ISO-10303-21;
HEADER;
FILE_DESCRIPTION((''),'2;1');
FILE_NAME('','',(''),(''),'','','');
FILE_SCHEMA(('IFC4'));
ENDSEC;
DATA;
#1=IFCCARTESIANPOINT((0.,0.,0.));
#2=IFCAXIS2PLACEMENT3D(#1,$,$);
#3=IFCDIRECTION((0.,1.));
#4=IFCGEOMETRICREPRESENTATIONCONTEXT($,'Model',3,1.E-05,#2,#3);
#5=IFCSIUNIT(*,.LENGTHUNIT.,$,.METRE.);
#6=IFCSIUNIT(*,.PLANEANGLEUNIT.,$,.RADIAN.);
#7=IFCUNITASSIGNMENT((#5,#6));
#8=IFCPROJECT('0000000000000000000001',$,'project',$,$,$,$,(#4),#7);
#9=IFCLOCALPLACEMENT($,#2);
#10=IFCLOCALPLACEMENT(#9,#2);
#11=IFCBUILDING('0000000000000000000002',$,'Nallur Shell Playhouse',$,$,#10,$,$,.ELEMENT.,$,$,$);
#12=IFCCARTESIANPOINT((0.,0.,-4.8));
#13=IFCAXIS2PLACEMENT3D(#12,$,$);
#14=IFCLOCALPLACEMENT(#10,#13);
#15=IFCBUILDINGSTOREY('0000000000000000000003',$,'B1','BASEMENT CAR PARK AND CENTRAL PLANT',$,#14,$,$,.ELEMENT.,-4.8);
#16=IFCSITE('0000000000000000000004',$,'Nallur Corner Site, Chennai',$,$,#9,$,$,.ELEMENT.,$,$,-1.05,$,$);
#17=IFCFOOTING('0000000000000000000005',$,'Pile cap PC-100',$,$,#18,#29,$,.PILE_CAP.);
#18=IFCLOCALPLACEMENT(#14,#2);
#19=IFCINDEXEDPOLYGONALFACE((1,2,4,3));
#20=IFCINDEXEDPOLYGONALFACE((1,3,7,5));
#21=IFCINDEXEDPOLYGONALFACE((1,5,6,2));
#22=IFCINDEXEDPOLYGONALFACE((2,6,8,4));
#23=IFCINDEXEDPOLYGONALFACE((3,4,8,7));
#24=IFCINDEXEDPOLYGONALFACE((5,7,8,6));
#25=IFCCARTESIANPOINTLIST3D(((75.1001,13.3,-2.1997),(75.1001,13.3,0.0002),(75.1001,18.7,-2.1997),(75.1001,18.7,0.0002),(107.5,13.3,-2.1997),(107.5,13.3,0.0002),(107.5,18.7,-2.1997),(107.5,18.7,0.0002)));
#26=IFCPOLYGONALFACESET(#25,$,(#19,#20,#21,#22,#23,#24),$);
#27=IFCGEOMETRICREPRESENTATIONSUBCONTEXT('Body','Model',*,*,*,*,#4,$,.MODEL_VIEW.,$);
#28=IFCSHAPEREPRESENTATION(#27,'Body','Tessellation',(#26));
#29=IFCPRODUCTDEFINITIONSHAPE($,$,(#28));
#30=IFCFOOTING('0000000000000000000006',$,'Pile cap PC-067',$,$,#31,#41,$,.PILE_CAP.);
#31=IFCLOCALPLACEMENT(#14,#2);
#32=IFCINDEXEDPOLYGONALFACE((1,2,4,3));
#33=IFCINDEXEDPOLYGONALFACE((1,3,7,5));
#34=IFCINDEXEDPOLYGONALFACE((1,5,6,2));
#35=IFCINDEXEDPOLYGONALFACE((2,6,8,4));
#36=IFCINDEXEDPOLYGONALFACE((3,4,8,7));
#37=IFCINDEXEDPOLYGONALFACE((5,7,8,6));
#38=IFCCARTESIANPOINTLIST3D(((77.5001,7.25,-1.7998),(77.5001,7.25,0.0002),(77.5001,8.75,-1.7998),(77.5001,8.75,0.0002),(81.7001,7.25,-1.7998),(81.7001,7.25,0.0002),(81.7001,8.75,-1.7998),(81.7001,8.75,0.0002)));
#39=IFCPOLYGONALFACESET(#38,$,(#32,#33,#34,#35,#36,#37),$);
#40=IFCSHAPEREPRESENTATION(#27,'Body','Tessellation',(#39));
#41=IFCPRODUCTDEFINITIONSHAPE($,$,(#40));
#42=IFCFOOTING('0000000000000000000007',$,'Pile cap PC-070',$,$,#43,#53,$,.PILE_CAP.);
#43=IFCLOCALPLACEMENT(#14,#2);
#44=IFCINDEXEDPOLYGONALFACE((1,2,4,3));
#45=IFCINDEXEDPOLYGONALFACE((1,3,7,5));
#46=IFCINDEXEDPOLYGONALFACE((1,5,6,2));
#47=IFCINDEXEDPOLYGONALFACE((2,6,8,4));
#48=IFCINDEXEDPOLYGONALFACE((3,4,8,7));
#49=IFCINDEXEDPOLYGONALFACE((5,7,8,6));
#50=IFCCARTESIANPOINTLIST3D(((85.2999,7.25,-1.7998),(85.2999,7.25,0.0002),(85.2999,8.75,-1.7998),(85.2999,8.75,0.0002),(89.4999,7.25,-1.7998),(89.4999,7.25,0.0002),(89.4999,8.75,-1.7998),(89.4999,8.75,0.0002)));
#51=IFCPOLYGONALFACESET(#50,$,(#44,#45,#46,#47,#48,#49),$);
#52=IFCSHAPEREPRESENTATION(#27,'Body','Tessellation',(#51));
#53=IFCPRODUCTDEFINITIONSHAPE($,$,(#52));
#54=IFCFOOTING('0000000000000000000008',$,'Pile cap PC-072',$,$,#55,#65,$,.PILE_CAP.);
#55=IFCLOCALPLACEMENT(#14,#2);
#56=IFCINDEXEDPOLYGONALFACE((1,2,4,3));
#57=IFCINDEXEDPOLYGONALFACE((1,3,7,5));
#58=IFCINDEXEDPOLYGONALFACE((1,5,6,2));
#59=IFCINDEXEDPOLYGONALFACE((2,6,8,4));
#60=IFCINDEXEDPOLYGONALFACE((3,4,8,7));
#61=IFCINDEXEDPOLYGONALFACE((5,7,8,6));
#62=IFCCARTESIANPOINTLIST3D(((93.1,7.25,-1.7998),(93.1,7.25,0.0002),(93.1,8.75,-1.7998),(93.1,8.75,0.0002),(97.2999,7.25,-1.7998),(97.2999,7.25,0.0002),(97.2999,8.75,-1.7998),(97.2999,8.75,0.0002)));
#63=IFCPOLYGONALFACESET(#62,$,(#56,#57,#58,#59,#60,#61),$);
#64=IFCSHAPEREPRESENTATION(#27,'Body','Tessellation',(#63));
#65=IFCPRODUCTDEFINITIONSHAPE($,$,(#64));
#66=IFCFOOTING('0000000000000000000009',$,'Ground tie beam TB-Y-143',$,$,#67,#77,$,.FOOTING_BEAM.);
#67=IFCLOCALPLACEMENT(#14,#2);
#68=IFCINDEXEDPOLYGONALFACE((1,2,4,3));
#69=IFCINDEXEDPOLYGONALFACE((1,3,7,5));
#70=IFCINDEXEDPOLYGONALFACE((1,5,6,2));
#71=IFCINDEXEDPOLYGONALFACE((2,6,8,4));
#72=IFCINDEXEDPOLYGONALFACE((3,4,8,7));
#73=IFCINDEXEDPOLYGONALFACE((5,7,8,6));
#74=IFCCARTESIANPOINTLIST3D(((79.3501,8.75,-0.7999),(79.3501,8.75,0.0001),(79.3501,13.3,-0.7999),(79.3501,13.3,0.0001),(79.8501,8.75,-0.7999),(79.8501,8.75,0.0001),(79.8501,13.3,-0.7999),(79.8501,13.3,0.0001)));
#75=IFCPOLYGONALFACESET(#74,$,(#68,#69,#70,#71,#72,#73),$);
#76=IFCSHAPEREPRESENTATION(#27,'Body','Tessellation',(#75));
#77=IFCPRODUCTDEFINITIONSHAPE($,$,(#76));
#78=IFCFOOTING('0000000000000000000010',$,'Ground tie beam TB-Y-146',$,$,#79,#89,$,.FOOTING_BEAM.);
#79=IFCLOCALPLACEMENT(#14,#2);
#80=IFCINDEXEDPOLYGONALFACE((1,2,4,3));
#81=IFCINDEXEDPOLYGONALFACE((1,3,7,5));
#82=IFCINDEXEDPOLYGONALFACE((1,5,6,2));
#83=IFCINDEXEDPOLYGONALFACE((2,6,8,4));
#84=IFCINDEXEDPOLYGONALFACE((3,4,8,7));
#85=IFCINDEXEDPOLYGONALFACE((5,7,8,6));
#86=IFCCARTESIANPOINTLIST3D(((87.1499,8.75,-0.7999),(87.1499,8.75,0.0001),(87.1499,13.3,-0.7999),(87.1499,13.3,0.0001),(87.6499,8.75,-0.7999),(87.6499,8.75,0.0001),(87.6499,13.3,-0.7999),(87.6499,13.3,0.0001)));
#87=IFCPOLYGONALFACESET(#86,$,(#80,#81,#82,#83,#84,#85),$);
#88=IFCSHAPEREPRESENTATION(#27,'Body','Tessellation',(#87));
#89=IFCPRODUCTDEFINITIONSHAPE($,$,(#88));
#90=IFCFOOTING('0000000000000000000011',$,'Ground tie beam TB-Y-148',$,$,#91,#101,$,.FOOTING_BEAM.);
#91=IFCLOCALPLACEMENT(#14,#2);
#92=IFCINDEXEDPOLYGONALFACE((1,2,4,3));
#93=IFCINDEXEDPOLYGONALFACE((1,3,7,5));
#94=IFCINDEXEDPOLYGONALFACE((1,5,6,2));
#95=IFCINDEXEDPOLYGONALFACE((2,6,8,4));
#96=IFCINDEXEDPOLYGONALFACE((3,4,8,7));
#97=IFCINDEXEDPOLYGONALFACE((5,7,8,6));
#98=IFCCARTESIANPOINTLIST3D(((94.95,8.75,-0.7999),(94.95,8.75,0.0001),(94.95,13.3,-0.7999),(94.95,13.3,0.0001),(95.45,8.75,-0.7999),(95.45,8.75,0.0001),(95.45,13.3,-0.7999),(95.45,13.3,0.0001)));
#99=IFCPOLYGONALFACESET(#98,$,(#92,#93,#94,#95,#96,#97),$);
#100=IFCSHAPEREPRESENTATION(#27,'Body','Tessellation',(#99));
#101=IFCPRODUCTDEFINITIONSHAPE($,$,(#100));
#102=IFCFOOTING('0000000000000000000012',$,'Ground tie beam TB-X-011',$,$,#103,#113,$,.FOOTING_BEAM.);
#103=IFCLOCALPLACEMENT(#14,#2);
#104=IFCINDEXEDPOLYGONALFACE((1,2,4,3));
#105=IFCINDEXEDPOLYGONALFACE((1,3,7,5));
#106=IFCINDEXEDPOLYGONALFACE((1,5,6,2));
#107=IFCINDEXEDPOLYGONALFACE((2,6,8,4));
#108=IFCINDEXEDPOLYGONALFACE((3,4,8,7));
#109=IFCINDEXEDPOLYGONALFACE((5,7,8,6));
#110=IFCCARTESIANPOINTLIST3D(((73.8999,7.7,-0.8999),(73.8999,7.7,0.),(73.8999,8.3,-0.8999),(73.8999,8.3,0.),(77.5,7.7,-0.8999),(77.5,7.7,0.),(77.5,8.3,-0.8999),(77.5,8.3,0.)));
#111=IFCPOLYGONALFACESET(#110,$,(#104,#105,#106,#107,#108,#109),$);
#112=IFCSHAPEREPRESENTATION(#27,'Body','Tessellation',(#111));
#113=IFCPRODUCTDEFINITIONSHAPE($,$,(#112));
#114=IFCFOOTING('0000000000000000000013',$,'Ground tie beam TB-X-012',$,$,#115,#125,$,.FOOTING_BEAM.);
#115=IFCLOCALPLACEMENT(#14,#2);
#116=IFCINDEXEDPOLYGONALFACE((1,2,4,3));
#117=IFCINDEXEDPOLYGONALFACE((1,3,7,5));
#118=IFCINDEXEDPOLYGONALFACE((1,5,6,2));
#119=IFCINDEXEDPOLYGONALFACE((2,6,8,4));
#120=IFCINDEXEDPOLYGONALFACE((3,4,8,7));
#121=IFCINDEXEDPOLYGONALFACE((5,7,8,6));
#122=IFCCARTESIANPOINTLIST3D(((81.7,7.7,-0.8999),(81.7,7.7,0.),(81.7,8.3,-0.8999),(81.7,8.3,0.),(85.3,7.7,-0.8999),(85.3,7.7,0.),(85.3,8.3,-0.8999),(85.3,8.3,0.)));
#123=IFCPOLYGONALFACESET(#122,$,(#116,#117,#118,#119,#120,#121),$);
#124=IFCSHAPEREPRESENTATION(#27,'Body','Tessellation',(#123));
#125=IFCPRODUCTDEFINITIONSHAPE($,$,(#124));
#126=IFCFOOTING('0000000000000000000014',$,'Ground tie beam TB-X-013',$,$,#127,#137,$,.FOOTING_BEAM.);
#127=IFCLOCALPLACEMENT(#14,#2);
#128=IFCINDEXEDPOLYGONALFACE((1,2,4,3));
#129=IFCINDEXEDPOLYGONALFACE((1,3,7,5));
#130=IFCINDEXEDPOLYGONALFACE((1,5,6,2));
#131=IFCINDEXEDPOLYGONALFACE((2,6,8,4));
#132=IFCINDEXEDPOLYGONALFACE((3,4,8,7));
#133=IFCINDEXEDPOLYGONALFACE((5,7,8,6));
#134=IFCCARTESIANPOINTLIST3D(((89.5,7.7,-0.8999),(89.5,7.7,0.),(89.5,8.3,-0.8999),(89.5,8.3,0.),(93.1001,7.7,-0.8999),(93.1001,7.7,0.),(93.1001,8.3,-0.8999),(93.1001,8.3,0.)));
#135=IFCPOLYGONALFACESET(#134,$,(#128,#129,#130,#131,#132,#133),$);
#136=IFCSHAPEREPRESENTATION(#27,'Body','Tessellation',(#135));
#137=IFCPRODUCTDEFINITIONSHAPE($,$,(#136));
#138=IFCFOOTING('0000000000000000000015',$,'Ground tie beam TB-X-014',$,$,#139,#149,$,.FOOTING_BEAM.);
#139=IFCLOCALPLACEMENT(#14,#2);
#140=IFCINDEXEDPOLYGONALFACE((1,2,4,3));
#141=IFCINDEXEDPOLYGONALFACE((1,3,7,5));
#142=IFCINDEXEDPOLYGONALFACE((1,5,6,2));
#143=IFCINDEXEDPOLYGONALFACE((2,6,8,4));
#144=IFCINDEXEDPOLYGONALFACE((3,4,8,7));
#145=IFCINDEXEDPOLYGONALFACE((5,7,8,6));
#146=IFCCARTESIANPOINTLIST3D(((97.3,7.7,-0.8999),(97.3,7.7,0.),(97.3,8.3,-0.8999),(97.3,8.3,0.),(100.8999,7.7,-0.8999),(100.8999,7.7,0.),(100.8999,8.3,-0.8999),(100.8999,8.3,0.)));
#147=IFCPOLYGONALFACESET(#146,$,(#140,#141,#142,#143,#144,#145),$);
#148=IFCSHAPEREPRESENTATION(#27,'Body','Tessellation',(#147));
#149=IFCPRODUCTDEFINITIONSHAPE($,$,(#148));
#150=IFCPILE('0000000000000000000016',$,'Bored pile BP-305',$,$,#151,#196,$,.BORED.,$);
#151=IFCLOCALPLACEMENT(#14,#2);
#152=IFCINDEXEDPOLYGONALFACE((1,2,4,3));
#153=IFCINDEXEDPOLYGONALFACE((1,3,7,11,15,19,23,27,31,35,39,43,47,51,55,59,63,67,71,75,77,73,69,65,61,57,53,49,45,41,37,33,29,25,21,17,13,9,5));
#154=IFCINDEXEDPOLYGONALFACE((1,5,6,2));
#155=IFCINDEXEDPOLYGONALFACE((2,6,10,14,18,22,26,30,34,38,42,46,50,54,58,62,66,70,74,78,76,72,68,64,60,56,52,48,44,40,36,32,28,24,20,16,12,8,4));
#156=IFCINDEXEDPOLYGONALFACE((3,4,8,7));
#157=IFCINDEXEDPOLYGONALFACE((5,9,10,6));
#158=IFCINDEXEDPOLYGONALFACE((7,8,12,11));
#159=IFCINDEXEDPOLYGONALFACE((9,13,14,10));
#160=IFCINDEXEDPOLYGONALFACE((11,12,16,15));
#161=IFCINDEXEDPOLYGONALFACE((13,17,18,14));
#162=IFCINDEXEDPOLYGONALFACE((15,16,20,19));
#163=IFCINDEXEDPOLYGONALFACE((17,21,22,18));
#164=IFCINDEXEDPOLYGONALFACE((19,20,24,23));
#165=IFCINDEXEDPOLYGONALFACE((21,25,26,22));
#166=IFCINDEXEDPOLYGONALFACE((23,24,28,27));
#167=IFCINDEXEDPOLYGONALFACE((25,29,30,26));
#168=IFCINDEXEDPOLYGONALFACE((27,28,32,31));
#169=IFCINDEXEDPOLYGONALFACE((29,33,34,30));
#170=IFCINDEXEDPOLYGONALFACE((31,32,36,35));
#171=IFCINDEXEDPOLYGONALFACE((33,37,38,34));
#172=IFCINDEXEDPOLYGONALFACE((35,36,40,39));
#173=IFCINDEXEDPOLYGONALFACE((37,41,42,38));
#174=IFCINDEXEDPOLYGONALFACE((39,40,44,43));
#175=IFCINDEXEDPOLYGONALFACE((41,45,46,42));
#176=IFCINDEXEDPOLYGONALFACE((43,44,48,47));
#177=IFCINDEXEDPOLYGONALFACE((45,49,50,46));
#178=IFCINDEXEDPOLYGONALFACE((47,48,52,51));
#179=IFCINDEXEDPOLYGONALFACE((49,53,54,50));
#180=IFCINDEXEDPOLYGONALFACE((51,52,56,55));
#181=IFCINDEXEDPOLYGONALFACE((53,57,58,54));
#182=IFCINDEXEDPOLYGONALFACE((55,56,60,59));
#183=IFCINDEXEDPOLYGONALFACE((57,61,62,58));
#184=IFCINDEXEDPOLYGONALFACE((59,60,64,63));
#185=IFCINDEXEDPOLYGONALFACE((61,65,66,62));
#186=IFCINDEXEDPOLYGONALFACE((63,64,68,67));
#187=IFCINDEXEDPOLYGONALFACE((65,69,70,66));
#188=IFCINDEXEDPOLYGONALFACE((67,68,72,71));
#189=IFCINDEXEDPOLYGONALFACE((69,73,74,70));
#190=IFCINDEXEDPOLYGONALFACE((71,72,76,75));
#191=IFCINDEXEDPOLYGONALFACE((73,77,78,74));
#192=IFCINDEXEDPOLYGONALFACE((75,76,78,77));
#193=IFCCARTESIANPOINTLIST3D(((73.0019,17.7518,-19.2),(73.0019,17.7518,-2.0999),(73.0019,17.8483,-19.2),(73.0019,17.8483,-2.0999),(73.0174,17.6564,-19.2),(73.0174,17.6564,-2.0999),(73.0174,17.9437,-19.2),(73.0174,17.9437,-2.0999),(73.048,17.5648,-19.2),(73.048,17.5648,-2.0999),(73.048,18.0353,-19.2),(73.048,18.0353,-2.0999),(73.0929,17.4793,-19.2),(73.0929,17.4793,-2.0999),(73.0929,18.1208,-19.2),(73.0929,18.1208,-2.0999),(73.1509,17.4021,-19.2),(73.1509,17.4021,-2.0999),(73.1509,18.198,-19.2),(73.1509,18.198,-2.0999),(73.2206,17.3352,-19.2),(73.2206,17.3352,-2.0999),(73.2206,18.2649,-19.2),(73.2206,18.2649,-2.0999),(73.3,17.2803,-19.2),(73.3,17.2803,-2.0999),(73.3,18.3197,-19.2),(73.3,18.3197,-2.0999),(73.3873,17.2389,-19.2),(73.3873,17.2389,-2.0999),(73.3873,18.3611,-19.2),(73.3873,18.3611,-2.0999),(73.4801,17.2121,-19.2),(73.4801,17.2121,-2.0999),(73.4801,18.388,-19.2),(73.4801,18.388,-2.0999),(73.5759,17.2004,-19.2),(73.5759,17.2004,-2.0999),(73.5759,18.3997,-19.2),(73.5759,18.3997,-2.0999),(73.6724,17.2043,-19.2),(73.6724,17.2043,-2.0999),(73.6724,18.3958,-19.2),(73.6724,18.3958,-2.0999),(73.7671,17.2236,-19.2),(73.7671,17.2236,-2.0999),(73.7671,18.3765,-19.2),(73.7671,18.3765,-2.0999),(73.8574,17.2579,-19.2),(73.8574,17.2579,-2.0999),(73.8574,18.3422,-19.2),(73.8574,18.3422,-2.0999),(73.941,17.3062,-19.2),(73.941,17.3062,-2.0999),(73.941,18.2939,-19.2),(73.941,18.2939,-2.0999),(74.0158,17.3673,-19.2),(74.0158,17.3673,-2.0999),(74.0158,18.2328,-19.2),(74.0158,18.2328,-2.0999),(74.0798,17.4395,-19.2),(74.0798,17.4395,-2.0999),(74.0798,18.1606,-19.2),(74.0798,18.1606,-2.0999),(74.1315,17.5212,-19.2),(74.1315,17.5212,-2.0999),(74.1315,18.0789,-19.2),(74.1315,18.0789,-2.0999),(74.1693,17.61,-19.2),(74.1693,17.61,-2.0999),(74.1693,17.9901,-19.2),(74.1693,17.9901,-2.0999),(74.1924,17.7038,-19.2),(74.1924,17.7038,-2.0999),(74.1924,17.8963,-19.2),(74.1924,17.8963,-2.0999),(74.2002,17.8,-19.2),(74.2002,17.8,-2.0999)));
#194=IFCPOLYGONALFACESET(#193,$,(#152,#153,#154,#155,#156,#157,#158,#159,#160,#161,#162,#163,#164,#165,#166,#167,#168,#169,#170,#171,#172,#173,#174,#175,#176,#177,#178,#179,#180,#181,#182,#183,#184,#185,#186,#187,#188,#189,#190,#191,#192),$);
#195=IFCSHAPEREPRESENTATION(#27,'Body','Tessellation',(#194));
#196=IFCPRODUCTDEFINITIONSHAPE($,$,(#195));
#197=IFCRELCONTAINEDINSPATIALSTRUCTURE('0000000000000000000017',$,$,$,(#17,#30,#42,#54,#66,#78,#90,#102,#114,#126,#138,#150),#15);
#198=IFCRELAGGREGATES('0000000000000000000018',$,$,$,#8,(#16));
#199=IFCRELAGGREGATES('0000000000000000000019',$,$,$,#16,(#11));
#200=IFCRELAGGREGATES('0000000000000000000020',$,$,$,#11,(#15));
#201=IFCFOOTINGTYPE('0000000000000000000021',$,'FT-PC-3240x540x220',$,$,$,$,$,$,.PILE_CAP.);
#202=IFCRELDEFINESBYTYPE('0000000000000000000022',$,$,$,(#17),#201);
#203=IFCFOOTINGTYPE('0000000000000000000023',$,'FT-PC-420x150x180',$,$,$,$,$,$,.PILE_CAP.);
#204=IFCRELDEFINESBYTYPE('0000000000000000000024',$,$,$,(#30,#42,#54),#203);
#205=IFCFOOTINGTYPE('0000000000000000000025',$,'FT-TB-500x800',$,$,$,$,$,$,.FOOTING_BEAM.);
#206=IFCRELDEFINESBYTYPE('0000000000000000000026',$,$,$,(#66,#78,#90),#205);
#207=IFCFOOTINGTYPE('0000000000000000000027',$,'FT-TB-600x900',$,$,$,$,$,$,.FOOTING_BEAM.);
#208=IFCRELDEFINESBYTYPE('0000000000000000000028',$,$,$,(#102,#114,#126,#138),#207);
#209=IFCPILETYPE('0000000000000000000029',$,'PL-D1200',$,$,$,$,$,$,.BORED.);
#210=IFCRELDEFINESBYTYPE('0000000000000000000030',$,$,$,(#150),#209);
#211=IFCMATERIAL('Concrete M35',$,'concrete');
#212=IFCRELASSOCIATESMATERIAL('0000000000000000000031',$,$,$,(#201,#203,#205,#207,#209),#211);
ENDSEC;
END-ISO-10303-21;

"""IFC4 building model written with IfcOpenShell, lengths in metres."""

from ifc_helpers import new_model, si_unit, direction, frame, origin, origin_2d, place, context, subcontext, project, spatial, rectangle, circle, extrude, material, material_profile, profile_set, type_object, element, save


model = new_model("IFC4")

# Units and contexts
model_context = context("Model", 3, precision=1e-05, world=origin(), true_north=direction((0.0, 1.0)))
body_context = subcontext(model_context, "Body", "Model", "MODEL_VIEW")
ifc_project = project(units=[si_unit("LENGTHUNIT", "METRE"), si_unit("PLANEANGLEUNIT", "RADIAN")], contexts=[model_context])

# Site, building, storey
site_placement = place(None, origin())
site = spatial("IfcSite", under=ifc_project, at=site_placement, Name="Nallur Corner Site, Chennai", CompositionType="ELEMENT", RefElevation=-1.05)
building_placement = place(site_placement, origin())
building = spatial("IfcBuilding", under=site, at=building_placement, Name="Nallur Shell Playhouse", CompositionType="ELEMENT")
storey_placement = place(building_placement, frame((0.0, 0.0, -4.8)))
storey = spatial("IfcBuildingStorey", under=building, at=storey_placement, Name="B1", Description="BASEMENT CAR PARK AND CENTRAL PLANT", CompositionType="ELEMENT", Elevation=-4.8)

# Footings
ifc_material_1 = material(Name="Concrete M35", Category="concrete")
footing_type_1 = type_object("IfcFootingType", Name="FT-PC-3240x540x220", PredefinedType="PILE_CAP", material=ifc_material_1)
footing_1_placement = place(storey_placement, frame((91.3, 16.0, -2.1997), z_axis=(0.0, 0.0, 1.0), x_axis=(1.0, 0.0, 0.0)))
element("IfcFooting", 1, at=footing_1_placement, inside=storey, type_object=footing_type_1, Name="Pile cap PC-100", PredefinedType="PILE_CAP", context=body_context, shape_type="SweptSolid", body=[
    extrude(rectangle(XDim=32.3999, YDim=5.3999, at=origin_2d()), origin(), (0.0, 0.0, 1.0), 2.2),
])
footing_type_2 = type_object("IfcFootingType", Name="FT-PC-420x150x180", PredefinedType="PILE_CAP", material=ifc_material_1)
for number, where, z_axis, x_axis, name in (
    (2, (79.6001, 8.0, -1.7998), (0.0, 0.0, 1.0), (1.0, 0.0, 0.0), "Pile cap PC-067"),
    (3, (87.3999, 8.0, -1.7998), (0.0, 0.0, 1.0), (1.0, 0.0, 0.0), "Pile cap PC-070"),
    (4, (95.2, 8.0, -1.7998), (0.0, 0.0, 1.0), (1.0, 0.0, 0.0), "Pile cap PC-072"),
):
    element("IfcFooting", number, at=place(storey_placement, frame(where, z_axis=z_axis, x_axis=x_axis)), inside=storey, type_object=footing_type_2, Name=name, PredefinedType="PILE_CAP", context=body_context, shape_type="SweptSolid", body=[
        extrude(rectangle(XDim=4.2, YDim=1.5, at=origin_2d()), origin(), (0.0, 0.0, 1.0), 1.8),
    ])
ifc_material_profile_1 = material_profile(ifc_material_1, rectangle(XDim=0.5, YDim=0.8, at=origin_2d()), Name="RC 500x800")
ifc_profile_set_1 = profile_set([ifc_material_profile_1], Name="Concrete M35")
footing_type_3 = type_object("IfcFootingType", Name="FT-TB-500x800", PredefinedType="FOOTING_BEAM", material=ifc_profile_set_1)
for number, where, z_axis, x_axis, name in (
    (5, (79.6001, 8.75, -0.3999), (0.0, 1.0, 0.0), (-1.0, 0.0, 0.0), "Ground tie beam TB-Y-143"),
    (6, (87.3999, 8.75, -0.3999), (0.0, 1.0, 0.0), (-1.0, 0.0, 0.0), "Ground tie beam TB-Y-146"),
    (7, (95.2, 8.75, -0.3999), (0.0, 1.0, 0.0), (-1.0, 0.0, 0.0), "Ground tie beam TB-Y-148"),
):
    element("IfcFooting", number, at=place(storey_placement, frame(where, z_axis=z_axis, x_axis=x_axis)), inside=storey, type_object=footing_type_3, Name=name, PredefinedType="FOOTING_BEAM", context=body_context, shape_type="SweptSolid", body=[
        extrude(rectangle(XDim=0.5, YDim=0.8, at=origin_2d()), origin(), (0.0, 0.0, 1.0), 4.55),
    ])
ifc_material_profile_2 = material_profile(ifc_material_1, rectangle(XDim=0.6001, YDim=0.8999, at=origin_2d()), Name="RC 600x900")
ifc_profile_set_2 = profile_set([ifc_material_profile_2], Name="Concrete M35")
footing_type_4 = type_object("IfcFootingType", Name="FT-TB-600x900", PredefinedType="FOOTING_BEAM", material=ifc_profile_set_2)
for number, where, z_axis, x_axis, name in (
    (8, (73.8999, 8.0, -0.45), (1.0, 0.0, 0.0), (0.0, 1.0, 0.0), "Ground tie beam TB-X-011"),
    (9, (81.7, 8.0, -0.45), (1.0, 0.0, 0.0), (0.0, 1.0, 0.0), "Ground tie beam TB-X-012"),
    (10, (89.5, 8.0, -0.45), (1.0, 0.0, 0.0), (0.0, 1.0, 0.0), "Ground tie beam TB-X-013"),
):
    element("IfcFooting", number, at=place(storey_placement, frame(where, z_axis=z_axis, x_axis=x_axis)), inside=storey, type_object=footing_type_4, Name=name, PredefinedType="FOOTING_BEAM", context=body_context, shape_type="SweptSolid", body=[
        extrude(rectangle(XDim=0.6001, YDim=0.8999, at=origin_2d()), origin(), (0.0, 0.0, 1.0), 3.6001),
    ])
footing_2_placement = place(storey_placement, frame((97.3, 8.0, -0.45), z_axis=(1.0, 0.0, 0.0), x_axis=(0.0, 1.0, 0.0)))
element("IfcFooting", 11, at=footing_2_placement, inside=storey, type_object=footing_type_4, Name="Ground tie beam TB-X-014", PredefinedType="FOOTING_BEAM", context=body_context, shape_type="SweptSolid", body=[
    extrude(rectangle(XDim=0.6001, YDim=0.8999, at=origin_2d()), origin(), (0.0, 0.0, 1.0), 3.5999),
])

# Pile
ifc_material_profile_3 = material_profile(ifc_material_1, circle(Radius=0.6001, at=origin_2d()), Name="BORED PILE D1200")
ifc_profile_set_3 = profile_set([ifc_material_profile_3], Name="Concrete M35")
pile_type_1 = type_object("IfcPileType", Name="PL-D1200", PredefinedType="BORED", material=ifc_profile_set_3)
for number, where, z_axis, x_axis, name in (
    (12, (73.6001, 17.8, -2.0999), (0.0, 0.0, -1.0), (1.0, 0.0, 0.0), "Bored pile BP-305"),
):
    element("IfcPile", number, at=place(storey_placement, frame(where, z_axis=z_axis, x_axis=x_axis)), inside=storey, type_object=pile_type_1, Name=name, PredefinedType="BORED", context=body_context, shape_type="SweptSolid", body=[
        extrude(circle(Radius=0.6001, at=origin_2d()), origin(), (0.0, 0.0, 1.0), 17.1001),
    ])

save(model, "model.ifc")
